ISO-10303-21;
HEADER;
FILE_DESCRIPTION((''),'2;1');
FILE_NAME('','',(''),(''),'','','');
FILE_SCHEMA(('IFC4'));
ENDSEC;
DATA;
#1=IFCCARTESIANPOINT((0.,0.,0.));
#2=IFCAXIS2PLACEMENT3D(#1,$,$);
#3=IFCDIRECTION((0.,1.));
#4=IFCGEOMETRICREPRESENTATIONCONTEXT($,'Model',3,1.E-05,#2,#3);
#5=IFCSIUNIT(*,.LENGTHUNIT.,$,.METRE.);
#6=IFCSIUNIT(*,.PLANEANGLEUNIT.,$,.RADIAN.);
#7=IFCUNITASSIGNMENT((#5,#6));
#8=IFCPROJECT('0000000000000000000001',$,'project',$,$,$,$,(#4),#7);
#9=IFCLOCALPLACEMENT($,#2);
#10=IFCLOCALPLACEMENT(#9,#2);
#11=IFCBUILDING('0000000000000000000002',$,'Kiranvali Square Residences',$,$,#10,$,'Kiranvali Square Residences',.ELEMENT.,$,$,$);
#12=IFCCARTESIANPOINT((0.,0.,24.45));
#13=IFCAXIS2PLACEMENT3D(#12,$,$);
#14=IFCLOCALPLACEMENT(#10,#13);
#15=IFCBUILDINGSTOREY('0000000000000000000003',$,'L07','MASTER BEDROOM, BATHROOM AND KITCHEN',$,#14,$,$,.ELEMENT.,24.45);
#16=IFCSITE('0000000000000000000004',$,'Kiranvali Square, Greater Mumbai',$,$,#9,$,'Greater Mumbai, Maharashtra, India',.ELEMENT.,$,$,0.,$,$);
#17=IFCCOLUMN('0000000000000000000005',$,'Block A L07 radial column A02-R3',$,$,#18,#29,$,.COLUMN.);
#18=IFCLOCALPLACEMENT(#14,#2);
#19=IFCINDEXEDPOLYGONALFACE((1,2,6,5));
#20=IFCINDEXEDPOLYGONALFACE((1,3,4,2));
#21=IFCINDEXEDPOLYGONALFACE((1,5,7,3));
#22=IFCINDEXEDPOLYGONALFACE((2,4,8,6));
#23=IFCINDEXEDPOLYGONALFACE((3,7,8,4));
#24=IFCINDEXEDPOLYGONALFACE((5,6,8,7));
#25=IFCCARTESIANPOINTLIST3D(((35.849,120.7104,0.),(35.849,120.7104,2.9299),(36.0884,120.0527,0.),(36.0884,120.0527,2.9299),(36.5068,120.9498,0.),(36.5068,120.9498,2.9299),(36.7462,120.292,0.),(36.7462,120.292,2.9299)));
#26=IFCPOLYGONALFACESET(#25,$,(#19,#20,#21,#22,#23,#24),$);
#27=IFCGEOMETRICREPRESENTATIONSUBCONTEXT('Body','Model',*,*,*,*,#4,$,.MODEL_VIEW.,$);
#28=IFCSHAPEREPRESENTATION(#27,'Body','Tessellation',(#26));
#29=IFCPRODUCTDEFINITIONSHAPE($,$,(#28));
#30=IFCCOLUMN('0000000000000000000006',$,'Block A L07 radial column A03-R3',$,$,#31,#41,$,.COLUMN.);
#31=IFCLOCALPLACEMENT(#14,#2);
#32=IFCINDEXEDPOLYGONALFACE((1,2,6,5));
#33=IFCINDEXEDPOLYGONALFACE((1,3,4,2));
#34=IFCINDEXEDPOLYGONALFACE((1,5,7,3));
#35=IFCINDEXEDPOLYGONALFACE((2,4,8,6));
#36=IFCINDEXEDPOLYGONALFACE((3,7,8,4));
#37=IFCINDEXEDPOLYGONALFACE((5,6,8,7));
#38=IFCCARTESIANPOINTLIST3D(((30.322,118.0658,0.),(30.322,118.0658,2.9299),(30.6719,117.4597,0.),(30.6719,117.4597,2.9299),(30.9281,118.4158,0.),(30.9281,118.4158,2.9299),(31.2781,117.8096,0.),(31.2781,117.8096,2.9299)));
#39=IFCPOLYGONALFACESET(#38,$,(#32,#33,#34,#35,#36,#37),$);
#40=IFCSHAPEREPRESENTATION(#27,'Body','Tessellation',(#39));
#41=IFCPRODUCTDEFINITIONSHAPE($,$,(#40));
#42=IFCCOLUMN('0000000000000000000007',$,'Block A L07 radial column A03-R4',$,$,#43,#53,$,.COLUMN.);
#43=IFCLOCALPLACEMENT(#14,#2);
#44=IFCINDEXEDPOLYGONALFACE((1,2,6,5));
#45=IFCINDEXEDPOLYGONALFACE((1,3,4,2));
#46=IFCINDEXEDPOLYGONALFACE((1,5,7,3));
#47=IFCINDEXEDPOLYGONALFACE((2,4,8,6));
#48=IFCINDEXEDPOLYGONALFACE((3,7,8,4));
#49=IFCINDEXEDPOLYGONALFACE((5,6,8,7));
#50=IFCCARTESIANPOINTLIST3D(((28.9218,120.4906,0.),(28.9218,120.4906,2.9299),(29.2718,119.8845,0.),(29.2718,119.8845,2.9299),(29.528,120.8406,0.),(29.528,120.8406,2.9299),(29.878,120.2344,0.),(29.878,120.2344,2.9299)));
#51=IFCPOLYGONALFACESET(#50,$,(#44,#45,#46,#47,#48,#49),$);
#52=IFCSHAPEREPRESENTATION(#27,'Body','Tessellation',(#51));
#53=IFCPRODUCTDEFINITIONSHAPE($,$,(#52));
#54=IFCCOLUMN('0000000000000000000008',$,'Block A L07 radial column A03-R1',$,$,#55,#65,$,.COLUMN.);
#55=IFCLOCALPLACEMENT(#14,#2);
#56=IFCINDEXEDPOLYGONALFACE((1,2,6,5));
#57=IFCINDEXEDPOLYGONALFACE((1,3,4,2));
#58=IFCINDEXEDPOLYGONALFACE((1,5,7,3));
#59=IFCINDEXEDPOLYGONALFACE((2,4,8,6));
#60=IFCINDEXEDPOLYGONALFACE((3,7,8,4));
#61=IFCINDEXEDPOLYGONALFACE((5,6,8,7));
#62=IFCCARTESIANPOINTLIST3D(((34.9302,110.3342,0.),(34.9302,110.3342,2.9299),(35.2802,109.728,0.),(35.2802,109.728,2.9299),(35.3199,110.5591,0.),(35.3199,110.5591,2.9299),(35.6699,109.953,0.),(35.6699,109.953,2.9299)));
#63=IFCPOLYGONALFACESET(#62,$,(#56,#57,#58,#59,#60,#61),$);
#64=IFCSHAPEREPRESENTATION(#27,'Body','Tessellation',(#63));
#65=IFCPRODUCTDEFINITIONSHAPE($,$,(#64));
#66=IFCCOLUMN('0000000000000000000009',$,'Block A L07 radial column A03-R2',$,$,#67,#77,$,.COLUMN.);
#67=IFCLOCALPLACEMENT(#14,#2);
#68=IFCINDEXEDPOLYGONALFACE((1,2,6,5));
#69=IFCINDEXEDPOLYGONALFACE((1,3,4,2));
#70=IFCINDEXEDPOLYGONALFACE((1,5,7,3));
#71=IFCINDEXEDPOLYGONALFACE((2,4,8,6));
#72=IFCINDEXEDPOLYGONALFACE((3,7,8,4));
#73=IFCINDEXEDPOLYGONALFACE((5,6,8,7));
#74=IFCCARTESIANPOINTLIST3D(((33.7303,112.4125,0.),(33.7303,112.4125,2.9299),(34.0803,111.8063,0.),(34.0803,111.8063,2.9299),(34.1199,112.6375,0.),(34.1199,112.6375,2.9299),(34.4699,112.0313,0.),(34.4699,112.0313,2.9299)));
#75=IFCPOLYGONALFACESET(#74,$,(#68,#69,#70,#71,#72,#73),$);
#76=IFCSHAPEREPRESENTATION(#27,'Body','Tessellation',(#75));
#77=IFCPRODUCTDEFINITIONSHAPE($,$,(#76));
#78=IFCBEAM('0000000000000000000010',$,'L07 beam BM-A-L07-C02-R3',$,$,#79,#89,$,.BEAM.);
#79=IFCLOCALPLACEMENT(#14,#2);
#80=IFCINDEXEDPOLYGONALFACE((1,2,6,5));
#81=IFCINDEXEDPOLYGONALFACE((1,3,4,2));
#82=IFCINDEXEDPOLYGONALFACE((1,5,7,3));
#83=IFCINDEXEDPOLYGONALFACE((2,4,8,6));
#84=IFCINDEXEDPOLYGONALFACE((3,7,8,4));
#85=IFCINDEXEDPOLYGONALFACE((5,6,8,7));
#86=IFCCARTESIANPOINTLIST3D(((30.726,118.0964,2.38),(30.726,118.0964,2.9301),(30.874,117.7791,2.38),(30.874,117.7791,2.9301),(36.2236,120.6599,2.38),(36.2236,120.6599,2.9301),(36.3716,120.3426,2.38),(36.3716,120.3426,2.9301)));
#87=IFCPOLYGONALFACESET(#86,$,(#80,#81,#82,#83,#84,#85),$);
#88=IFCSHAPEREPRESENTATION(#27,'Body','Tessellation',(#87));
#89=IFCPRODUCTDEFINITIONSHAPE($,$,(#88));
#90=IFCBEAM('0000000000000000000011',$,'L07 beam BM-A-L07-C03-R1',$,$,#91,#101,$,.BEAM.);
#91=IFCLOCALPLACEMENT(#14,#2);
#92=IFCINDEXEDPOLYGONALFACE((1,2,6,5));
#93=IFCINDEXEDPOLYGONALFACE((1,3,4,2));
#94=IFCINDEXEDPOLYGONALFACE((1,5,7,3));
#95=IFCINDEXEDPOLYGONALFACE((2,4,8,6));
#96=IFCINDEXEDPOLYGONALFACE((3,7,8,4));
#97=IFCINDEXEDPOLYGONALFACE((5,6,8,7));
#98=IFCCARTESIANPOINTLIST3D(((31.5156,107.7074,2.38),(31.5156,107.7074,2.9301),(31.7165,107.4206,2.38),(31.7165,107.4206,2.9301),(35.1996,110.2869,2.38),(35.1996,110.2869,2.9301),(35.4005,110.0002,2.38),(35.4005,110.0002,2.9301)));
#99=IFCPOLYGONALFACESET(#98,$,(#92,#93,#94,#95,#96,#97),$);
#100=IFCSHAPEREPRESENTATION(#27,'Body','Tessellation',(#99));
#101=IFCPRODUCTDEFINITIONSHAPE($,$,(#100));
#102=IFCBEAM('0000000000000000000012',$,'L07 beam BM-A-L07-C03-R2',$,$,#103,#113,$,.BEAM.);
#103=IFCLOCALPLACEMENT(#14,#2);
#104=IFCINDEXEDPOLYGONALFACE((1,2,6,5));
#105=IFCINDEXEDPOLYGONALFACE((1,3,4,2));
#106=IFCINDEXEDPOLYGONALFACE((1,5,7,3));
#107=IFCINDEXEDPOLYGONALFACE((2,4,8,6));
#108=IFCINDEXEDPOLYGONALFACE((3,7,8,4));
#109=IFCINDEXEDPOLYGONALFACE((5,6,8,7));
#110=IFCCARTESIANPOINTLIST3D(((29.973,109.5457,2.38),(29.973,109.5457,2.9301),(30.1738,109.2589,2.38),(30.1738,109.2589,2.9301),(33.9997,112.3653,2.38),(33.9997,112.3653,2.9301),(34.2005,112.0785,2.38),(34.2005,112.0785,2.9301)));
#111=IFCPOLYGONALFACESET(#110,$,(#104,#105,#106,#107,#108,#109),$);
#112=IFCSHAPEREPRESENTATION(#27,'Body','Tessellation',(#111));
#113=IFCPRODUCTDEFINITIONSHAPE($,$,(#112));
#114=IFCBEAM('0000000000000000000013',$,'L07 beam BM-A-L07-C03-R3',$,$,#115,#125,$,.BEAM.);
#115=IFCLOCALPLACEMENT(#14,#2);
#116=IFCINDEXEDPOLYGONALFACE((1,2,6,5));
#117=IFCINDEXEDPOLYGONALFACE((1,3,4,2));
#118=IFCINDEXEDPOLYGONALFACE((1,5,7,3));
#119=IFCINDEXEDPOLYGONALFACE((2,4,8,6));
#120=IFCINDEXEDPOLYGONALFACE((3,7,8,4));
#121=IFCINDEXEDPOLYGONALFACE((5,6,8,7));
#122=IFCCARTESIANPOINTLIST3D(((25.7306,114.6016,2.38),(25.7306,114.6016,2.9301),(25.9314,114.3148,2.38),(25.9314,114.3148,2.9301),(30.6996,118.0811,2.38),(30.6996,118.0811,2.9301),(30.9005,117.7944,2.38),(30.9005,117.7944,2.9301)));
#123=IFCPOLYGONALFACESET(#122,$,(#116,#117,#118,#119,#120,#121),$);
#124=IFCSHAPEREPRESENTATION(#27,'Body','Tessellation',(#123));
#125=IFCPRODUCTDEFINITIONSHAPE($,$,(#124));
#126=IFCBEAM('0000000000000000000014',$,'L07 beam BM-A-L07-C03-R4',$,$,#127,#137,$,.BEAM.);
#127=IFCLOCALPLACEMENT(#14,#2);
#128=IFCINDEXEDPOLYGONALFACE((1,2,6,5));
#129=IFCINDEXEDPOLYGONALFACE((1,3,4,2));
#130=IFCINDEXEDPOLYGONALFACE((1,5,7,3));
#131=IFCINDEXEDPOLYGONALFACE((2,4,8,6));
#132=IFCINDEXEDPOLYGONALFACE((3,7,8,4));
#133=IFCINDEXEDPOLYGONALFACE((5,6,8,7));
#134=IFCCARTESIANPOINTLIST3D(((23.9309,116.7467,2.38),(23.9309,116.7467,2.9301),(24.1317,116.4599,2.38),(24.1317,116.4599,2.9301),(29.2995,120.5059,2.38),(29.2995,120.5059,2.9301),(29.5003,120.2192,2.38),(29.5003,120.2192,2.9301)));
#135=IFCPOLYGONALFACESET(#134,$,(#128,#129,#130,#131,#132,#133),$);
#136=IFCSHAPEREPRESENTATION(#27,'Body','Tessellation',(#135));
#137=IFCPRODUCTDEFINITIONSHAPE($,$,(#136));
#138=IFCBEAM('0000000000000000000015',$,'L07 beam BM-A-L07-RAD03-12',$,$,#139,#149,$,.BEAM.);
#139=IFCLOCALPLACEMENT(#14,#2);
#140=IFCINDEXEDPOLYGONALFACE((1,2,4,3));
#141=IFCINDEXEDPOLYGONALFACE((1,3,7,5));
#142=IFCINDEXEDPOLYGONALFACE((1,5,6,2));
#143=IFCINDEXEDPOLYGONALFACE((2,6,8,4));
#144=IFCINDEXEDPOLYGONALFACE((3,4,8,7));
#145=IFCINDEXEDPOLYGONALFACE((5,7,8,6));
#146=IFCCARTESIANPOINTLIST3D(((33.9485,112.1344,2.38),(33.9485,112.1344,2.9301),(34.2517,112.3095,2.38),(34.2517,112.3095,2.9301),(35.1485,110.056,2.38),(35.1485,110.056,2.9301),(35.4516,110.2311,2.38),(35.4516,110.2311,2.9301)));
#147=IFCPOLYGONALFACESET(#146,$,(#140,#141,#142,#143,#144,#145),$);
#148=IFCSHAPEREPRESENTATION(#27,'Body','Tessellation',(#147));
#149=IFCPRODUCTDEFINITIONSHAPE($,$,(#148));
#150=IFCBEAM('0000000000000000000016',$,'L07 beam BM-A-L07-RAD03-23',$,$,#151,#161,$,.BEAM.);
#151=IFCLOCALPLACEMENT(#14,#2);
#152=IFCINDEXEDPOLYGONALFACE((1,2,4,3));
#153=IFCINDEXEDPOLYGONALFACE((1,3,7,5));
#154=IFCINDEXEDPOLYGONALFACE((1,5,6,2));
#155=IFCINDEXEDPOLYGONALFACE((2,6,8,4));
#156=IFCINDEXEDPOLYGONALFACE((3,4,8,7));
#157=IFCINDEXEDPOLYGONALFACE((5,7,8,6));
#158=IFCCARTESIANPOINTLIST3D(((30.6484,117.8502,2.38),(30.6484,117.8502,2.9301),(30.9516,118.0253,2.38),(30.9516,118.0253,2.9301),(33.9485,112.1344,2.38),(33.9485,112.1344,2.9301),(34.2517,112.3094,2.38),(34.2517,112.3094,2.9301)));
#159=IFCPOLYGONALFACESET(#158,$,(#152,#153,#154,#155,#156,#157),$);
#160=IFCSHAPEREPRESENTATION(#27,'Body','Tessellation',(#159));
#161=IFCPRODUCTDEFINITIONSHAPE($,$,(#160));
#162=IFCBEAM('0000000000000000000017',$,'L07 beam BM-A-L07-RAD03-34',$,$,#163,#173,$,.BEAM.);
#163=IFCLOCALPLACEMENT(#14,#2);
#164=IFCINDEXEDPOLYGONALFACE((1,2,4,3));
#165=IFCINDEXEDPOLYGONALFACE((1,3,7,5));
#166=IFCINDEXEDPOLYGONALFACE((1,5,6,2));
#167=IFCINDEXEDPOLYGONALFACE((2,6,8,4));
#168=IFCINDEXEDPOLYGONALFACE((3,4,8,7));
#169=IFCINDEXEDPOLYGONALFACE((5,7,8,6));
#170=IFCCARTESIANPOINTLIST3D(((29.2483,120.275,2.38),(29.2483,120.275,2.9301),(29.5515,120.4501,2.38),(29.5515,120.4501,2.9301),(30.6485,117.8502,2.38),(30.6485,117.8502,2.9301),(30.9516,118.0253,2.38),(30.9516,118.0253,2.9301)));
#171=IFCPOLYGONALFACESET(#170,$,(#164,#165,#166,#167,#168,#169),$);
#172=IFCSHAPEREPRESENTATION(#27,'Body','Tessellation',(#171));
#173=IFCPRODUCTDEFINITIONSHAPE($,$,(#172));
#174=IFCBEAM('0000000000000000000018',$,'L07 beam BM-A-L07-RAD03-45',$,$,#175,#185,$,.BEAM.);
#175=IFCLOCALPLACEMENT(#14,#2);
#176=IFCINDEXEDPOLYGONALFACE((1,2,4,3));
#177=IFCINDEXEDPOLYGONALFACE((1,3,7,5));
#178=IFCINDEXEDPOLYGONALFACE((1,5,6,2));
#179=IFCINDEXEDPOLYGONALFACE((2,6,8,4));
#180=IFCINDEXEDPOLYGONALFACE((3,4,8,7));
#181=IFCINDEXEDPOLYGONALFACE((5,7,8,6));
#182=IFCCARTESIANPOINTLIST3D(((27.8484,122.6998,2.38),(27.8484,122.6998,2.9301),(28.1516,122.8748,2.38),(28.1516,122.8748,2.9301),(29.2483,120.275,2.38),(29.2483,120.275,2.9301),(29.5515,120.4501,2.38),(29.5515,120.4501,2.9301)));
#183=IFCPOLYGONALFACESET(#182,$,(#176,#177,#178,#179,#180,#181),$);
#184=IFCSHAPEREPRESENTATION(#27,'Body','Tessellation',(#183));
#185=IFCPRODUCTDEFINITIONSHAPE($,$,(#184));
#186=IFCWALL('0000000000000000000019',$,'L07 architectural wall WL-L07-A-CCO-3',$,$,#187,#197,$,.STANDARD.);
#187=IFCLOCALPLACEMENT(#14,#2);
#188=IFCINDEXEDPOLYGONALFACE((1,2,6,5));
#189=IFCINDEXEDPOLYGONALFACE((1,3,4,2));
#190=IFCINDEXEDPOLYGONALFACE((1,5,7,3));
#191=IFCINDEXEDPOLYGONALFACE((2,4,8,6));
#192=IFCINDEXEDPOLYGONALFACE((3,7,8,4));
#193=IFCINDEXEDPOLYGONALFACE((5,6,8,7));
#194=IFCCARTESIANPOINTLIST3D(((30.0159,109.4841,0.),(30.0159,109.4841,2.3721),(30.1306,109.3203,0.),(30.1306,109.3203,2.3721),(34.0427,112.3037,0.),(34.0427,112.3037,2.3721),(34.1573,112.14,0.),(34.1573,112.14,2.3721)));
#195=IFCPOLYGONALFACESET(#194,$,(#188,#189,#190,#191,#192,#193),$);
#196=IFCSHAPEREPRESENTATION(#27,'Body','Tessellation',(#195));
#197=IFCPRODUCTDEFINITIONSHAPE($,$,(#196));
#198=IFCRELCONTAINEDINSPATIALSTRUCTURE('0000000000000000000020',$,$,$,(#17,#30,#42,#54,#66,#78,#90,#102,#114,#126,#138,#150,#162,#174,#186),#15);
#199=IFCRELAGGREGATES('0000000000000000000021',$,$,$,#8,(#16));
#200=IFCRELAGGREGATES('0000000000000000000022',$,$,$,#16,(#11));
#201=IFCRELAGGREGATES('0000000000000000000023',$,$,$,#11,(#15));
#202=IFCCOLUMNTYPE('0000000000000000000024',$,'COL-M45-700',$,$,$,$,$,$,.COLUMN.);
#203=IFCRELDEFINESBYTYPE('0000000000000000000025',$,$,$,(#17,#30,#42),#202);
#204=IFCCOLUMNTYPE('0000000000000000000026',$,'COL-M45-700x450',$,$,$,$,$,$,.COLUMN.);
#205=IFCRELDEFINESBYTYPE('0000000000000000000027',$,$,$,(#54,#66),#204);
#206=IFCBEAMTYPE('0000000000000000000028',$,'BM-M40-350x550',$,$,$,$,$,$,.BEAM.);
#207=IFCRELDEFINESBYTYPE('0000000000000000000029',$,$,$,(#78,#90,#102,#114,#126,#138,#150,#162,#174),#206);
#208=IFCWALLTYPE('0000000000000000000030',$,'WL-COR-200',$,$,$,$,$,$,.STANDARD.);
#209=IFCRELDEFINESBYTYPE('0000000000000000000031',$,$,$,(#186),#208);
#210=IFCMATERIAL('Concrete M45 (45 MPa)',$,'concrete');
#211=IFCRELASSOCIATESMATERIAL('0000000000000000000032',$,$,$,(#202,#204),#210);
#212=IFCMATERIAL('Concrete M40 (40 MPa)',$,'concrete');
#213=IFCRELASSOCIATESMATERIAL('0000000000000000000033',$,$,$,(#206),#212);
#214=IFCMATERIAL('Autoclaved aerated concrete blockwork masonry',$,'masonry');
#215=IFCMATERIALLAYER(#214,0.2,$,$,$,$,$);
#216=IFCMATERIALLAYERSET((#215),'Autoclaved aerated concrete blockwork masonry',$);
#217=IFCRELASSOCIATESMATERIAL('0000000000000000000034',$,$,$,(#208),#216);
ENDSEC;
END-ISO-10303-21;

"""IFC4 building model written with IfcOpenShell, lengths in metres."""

from ifc_helpers import new_model, si_unit, direction, frame, frame_2d, origin, origin_2d, place, context, subcontext, project, spatial, rectangle, extrude, material, layer, layer_set, material_profile, profile_set, type_object, element, save


model = new_model("IFC4")

# Units and contexts
model_context = context("Model", 3, precision=1e-05, world=origin(), true_north=direction((0.0, 1.0)))
body_context = subcontext(model_context, "Body", "Model", "MODEL_VIEW")
ifc_project = project(units=[si_unit("LENGTHUNIT", "METRE"), si_unit("PLANEANGLEUNIT", "RADIAN")], contexts=[model_context])

# Site, building, storey
site_placement = place(None, origin())
site = spatial("IfcSite", under=ifc_project, at=site_placement, Name="Kiranvali Square, Greater Mumbai", LongName="Greater Mumbai, Maharashtra, India", CompositionType="ELEMENT", RefElevation=0.0)
building_placement = place(site_placement, origin())
building = spatial("IfcBuilding", under=site, at=building_placement, Name="Kiranvali Square Residences", LongName="Kiranvali Square Residences", CompositionType="ELEMENT")
storey_placement = place(building_placement, frame((0.0, 0.0, 24.45)))
storey = spatial("IfcBuildingStorey", under=building, at=storey_placement, Name="L07", Description="MASTER BEDROOM, BATHROOM AND KITCHEN", CompositionType="ELEMENT", Elevation=24.45)

# Columns
ifc_material_1 = material(Name="Concrete M45 (45 MPa)", Category="concrete")
ifc_material_profile_1 = material_profile(ifc_material_1, rectangle(XDim=0.7, YDim=0.7, at=origin_2d()), Name="RC 700x700")
ifc_profile_set_1 = profile_set([ifc_material_profile_1], Name="Concrete M45 (45 MPa)")
column_type_1 = type_object("IfcColumnType", Name="COL-M45-700", PredefinedType="COLUMN", material=ifc_profile_set_1)
for number, where, z_axis, x_axis, name in (
    (1, (36.2976, 120.5012, 0.0), (0.0, 0.0, 1.0), (0.939693, 0.34202, 0.0), "Block A L07 radial column A02-R3"),
    (2, (30.8, 117.9377, 0.0), (0.0, 0.0, 1.0), (0.866025, 0.5, 0.0), "Block A L07 radial column A03-R3"),
    (3, (29.3999, 120.3625, 0.0), (0.0, 0.0, 1.0), (0.866025, 0.5, 0.0), "Block A L07 radial column A03-R4"),
):
    element("IfcColumn", number, at=place(storey_placement, frame(where, z_axis=z_axis, x_axis=x_axis)), inside=storey, type_object=column_type_1, Name=name, PredefinedType="COLUMN", context=body_context, shape_type="SweptSolid", body=[
        extrude(rectangle(XDim=0.7, YDim=0.7, at=origin_2d()), origin(), (0.0, 0.0, 1.0), 2.9299),
    ])
ifc_material_profile_2 = material_profile(ifc_material_1, rectangle(XDim=0.45, YDim=0.7, at=origin_2d()), Name="RC 700x450")
ifc_profile_set_2 = profile_set([ifc_material_profile_2], Name="Concrete M45 (45 MPa)")
column_type_2 = type_object("IfcColumnType", Name="COL-M45-700x450", PredefinedType="COLUMN", material=ifc_profile_set_2)
for number, where, z_axis, x_axis, name in (
    (4, (35.3, 110.1436, 0.0), (0.0, 0.0, 1.0), (0.866025, 0.5, 0.0), "Block A L07 radial column A03-R1"),
    (5, (34.1001, 112.2219, 0.0), (0.0, 0.0, 1.0), (0.866025, 0.5, 0.0), "Block A L07 radial column A03-R2"),
):
    element("IfcColumn", number, at=place(storey_placement, frame(where, z_axis=z_axis, x_axis=x_axis)), inside=storey, type_object=column_type_2, Name=name, PredefinedType="COLUMN", context=body_context, shape_type="SweptSolid", body=[
        extrude(rectangle(XDim=0.45, YDim=0.7, at=origin_2d()), origin(), (0.0, 0.0, 1.0), 2.9299),
    ])

# Beams
ifc_material_2 = material(Name="Concrete M40 (40 MPa)", Category="concrete")
ifc_material_profile_3 = material_profile(ifc_material_2, rectangle(XDim=0.3501, YDim=0.55, at=origin_2d()), Name="RC 350x550")
ifc_profile_set_3 = profile_set([ifc_material_profile_3], Name="Concrete M40 (40 MPa)")
beam_type = type_object("IfcBeamType", Name="BM-M40-350x550", PredefinedType="BEAM", material=ifc_profile_set_3)
beam_1_placement = place(storey_placement, frame((36.2976, 120.5012, 2.655), z_axis=(-0.906313, -0.422608, 0.0), x_axis=(0.422608, -0.906313, 0.0)))
element("IfcBeam", 6, at=beam_1_placement, inside=storey, type_object=beam_type, Name="L07 beam BM-A-L07-C02-R3", PredefinedType="BEAM", context=body_context, shape_type="SweptSolid", body=[
    extrude(rectangle(XDim=0.3501, YDim=0.55, at=origin_2d()), origin(), (0.0, 0.0, 1.0), 6.0659),
])
beam_2_placement = place(storey_placement, frame((35.3, 110.1436, 2.655), z_axis=(-0.819155, -0.573572, 0.0), x_axis=(0.573572, -0.819155, 0.0)))
element("IfcBeam", 7, at=beam_2_placement, inside=storey, type_object=beam_type, Name="L07 beam BM-A-L07-C03-R1", PredefinedType="BEAM", context=body_context, shape_type="SweptSolid", body=[
    extrude(rectangle(XDim=0.3501, YDim=0.55, at=origin_2d()), origin(), (0.0, 0.0, 1.0), 4.4973),
])
beam_3_placement = place(storey_placement, frame((34.1001, 112.2219, 2.655), z_axis=(-0.819141, -0.573592, 0.0), x_axis=(0.573592, -0.819141, 0.0)))
element("IfcBeam", 8, at=beam_3_placement, inside=storey, type_object=beam_type, Name="L07 beam BM-A-L07-C03-R2", PredefinedType="BEAM", context=body_context, shape_type="SweptSolid", body=[
    extrude(rectangle(XDim=0.3501, YDim=0.55, at=origin_2d()), origin(), (0.0, 0.0, 1.0), 4.9158),
])
beam_4_placement = place(storey_placement, frame((30.8, 117.9377, 2.655), z_axis=(-0.819139, -0.573595, 0.0), x_axis=(0.573595, -0.819139, 0.0)))
element("IfcBeam", 9, at=beam_4_placement, inside=storey, type_object=beam_type, Name="L07 beam BM-A-L07-C03-R3", PredefinedType="BEAM", context=body_context, shape_type="SweptSolid", body=[
    extrude(rectangle(XDim=0.3501, YDim=0.55, at=origin_2d()), origin(), (0.0, 0.0, 1.0), 6.0662),
])
beam_5_placement = place(storey_placement, frame((29.3999, 120.3625, 2.655), z_axis=(-0.819144, -0.573587, 0.0), x_axis=(0.573587, -0.819144, 0.0)))
element("IfcBeam", 10, at=beam_5_placement, inside=storey, type_object=beam_type, Name="L07 beam BM-A-L07-C03-R4", PredefinedType="BEAM", context=body_context, shape_type="SweptSolid", body=[
    extrude(rectangle(XDim=0.3501, YDim=0.55, at=origin_2d()), origin(), (0.0, 0.0, 1.0), 6.554),
])
beam_6_placement = place(storey_placement, frame((35.3, 110.1436, 2.655), z_axis=(-0.500001, 0.866025, 0.0), x_axis=(-0.866025, -0.500001, 0.0)))
element("IfcBeam", 11, at=beam_6_placement, inside=storey, type_object=beam_type, Name="L07 beam BM-A-L07-RAD03-12", PredefinedType="BEAM", context=body_context, shape_type="SweptSolid", body=[
    extrude(rectangle(XDim=0.3501, YDim=0.55, at=origin_2d()), origin(), (0.0, 0.0, 1.0), 2.3999),
])
beam_7_placement = place(storey_placement, frame((34.1001, 112.2219, 2.655), z_axis=(-0.500002, 0.866024, 0.0), x_axis=(-0.866024, -0.500002, 0.0)))
element("IfcBeam", 12, at=beam_7_placement, inside=storey, type_object=beam_type, Name="L07 beam BM-A-L07-RAD03-23", PredefinedType="BEAM", context=body_context, shape_type="SweptSolid", body=[
    extrude(rectangle(XDim=0.3501, YDim=0.55, at=origin_2d()), origin(), (0.0, 0.0, 1.0), 6.6001),
])
beam_8_placement = place(storey_placement, frame((30.8, 117.9377, 2.655), z_axis=(-0.50005, 0.865997, 0.0), x_axis=(-0.865997, -0.50005, 0.0)))
element("IfcBeam", 13, at=beam_8_placement, inside=storey, type_object=beam_type, Name="L07 beam BM-A-L07-RAD03-34", PredefinedType="BEAM", context=body_context, shape_type="SweptSolid", body=[
    extrude(rectangle(XDim=0.3501, YDim=0.55, at=origin_2d()), origin(), (0.0, 0.0, 1.0), 2.8),
])
beam_9_placement = place(storey_placement, frame((29.3999, 120.3625, 2.655), z_axis=(-0.499984, 0.866035, 0.0), x_axis=(-0.866035, -0.499984, 0.0)))
element("IfcBeam", 14, at=beam_9_placement, inside=storey, type_object=beam_type, Name="L07 beam BM-A-L07-RAD03-45", PredefinedType="BEAM", context=body_context, shape_type="SweptSolid", body=[
    extrude(rectangle(XDim=0.3501, YDim=0.55, at=origin_2d()), origin(), (0.0, 0.0, 1.0), 2.7998),
])

# Shared definitions
ifc_material_3 = material(Name="Autoclaved aerated concrete blockwork masonry", Category="masonry")
ifc_layer_1 = layer(ifc_material_3, 0.2)
ifc_layer_set_1 = layer_set([ifc_layer_1], Name="Autoclaved aerated concrete blockwork masonry")
wall_type_1 = type_object("IfcWallType", Name="WL-COR-200", PredefinedType="STANDARD", material=ifc_layer_set_1)

# Wall
wall_1_placement = place(storey_placement, frame((34.1001, 112.2219, 0.0), z_axis=(0.0, 0.0, 1.0), x_axis=(-0.819141, -0.573592, 0.0)))
element("IfcWall", 15, at=wall_1_placement, inside=storey, type_object=wall_type_1, Name="L07 architectural wall WL-L07-A-CCO-3", PredefinedType="STANDARD", context=body_context, shape_type="SweptSolid", body=[
    extrude(rectangle(XDim=4.9158, YDim=0.2, at=frame_2d((2.458, 0.0))), origin(), (0.0, 0.0, 1.0), 2.3721),
])

save(model, "model.ifc")
